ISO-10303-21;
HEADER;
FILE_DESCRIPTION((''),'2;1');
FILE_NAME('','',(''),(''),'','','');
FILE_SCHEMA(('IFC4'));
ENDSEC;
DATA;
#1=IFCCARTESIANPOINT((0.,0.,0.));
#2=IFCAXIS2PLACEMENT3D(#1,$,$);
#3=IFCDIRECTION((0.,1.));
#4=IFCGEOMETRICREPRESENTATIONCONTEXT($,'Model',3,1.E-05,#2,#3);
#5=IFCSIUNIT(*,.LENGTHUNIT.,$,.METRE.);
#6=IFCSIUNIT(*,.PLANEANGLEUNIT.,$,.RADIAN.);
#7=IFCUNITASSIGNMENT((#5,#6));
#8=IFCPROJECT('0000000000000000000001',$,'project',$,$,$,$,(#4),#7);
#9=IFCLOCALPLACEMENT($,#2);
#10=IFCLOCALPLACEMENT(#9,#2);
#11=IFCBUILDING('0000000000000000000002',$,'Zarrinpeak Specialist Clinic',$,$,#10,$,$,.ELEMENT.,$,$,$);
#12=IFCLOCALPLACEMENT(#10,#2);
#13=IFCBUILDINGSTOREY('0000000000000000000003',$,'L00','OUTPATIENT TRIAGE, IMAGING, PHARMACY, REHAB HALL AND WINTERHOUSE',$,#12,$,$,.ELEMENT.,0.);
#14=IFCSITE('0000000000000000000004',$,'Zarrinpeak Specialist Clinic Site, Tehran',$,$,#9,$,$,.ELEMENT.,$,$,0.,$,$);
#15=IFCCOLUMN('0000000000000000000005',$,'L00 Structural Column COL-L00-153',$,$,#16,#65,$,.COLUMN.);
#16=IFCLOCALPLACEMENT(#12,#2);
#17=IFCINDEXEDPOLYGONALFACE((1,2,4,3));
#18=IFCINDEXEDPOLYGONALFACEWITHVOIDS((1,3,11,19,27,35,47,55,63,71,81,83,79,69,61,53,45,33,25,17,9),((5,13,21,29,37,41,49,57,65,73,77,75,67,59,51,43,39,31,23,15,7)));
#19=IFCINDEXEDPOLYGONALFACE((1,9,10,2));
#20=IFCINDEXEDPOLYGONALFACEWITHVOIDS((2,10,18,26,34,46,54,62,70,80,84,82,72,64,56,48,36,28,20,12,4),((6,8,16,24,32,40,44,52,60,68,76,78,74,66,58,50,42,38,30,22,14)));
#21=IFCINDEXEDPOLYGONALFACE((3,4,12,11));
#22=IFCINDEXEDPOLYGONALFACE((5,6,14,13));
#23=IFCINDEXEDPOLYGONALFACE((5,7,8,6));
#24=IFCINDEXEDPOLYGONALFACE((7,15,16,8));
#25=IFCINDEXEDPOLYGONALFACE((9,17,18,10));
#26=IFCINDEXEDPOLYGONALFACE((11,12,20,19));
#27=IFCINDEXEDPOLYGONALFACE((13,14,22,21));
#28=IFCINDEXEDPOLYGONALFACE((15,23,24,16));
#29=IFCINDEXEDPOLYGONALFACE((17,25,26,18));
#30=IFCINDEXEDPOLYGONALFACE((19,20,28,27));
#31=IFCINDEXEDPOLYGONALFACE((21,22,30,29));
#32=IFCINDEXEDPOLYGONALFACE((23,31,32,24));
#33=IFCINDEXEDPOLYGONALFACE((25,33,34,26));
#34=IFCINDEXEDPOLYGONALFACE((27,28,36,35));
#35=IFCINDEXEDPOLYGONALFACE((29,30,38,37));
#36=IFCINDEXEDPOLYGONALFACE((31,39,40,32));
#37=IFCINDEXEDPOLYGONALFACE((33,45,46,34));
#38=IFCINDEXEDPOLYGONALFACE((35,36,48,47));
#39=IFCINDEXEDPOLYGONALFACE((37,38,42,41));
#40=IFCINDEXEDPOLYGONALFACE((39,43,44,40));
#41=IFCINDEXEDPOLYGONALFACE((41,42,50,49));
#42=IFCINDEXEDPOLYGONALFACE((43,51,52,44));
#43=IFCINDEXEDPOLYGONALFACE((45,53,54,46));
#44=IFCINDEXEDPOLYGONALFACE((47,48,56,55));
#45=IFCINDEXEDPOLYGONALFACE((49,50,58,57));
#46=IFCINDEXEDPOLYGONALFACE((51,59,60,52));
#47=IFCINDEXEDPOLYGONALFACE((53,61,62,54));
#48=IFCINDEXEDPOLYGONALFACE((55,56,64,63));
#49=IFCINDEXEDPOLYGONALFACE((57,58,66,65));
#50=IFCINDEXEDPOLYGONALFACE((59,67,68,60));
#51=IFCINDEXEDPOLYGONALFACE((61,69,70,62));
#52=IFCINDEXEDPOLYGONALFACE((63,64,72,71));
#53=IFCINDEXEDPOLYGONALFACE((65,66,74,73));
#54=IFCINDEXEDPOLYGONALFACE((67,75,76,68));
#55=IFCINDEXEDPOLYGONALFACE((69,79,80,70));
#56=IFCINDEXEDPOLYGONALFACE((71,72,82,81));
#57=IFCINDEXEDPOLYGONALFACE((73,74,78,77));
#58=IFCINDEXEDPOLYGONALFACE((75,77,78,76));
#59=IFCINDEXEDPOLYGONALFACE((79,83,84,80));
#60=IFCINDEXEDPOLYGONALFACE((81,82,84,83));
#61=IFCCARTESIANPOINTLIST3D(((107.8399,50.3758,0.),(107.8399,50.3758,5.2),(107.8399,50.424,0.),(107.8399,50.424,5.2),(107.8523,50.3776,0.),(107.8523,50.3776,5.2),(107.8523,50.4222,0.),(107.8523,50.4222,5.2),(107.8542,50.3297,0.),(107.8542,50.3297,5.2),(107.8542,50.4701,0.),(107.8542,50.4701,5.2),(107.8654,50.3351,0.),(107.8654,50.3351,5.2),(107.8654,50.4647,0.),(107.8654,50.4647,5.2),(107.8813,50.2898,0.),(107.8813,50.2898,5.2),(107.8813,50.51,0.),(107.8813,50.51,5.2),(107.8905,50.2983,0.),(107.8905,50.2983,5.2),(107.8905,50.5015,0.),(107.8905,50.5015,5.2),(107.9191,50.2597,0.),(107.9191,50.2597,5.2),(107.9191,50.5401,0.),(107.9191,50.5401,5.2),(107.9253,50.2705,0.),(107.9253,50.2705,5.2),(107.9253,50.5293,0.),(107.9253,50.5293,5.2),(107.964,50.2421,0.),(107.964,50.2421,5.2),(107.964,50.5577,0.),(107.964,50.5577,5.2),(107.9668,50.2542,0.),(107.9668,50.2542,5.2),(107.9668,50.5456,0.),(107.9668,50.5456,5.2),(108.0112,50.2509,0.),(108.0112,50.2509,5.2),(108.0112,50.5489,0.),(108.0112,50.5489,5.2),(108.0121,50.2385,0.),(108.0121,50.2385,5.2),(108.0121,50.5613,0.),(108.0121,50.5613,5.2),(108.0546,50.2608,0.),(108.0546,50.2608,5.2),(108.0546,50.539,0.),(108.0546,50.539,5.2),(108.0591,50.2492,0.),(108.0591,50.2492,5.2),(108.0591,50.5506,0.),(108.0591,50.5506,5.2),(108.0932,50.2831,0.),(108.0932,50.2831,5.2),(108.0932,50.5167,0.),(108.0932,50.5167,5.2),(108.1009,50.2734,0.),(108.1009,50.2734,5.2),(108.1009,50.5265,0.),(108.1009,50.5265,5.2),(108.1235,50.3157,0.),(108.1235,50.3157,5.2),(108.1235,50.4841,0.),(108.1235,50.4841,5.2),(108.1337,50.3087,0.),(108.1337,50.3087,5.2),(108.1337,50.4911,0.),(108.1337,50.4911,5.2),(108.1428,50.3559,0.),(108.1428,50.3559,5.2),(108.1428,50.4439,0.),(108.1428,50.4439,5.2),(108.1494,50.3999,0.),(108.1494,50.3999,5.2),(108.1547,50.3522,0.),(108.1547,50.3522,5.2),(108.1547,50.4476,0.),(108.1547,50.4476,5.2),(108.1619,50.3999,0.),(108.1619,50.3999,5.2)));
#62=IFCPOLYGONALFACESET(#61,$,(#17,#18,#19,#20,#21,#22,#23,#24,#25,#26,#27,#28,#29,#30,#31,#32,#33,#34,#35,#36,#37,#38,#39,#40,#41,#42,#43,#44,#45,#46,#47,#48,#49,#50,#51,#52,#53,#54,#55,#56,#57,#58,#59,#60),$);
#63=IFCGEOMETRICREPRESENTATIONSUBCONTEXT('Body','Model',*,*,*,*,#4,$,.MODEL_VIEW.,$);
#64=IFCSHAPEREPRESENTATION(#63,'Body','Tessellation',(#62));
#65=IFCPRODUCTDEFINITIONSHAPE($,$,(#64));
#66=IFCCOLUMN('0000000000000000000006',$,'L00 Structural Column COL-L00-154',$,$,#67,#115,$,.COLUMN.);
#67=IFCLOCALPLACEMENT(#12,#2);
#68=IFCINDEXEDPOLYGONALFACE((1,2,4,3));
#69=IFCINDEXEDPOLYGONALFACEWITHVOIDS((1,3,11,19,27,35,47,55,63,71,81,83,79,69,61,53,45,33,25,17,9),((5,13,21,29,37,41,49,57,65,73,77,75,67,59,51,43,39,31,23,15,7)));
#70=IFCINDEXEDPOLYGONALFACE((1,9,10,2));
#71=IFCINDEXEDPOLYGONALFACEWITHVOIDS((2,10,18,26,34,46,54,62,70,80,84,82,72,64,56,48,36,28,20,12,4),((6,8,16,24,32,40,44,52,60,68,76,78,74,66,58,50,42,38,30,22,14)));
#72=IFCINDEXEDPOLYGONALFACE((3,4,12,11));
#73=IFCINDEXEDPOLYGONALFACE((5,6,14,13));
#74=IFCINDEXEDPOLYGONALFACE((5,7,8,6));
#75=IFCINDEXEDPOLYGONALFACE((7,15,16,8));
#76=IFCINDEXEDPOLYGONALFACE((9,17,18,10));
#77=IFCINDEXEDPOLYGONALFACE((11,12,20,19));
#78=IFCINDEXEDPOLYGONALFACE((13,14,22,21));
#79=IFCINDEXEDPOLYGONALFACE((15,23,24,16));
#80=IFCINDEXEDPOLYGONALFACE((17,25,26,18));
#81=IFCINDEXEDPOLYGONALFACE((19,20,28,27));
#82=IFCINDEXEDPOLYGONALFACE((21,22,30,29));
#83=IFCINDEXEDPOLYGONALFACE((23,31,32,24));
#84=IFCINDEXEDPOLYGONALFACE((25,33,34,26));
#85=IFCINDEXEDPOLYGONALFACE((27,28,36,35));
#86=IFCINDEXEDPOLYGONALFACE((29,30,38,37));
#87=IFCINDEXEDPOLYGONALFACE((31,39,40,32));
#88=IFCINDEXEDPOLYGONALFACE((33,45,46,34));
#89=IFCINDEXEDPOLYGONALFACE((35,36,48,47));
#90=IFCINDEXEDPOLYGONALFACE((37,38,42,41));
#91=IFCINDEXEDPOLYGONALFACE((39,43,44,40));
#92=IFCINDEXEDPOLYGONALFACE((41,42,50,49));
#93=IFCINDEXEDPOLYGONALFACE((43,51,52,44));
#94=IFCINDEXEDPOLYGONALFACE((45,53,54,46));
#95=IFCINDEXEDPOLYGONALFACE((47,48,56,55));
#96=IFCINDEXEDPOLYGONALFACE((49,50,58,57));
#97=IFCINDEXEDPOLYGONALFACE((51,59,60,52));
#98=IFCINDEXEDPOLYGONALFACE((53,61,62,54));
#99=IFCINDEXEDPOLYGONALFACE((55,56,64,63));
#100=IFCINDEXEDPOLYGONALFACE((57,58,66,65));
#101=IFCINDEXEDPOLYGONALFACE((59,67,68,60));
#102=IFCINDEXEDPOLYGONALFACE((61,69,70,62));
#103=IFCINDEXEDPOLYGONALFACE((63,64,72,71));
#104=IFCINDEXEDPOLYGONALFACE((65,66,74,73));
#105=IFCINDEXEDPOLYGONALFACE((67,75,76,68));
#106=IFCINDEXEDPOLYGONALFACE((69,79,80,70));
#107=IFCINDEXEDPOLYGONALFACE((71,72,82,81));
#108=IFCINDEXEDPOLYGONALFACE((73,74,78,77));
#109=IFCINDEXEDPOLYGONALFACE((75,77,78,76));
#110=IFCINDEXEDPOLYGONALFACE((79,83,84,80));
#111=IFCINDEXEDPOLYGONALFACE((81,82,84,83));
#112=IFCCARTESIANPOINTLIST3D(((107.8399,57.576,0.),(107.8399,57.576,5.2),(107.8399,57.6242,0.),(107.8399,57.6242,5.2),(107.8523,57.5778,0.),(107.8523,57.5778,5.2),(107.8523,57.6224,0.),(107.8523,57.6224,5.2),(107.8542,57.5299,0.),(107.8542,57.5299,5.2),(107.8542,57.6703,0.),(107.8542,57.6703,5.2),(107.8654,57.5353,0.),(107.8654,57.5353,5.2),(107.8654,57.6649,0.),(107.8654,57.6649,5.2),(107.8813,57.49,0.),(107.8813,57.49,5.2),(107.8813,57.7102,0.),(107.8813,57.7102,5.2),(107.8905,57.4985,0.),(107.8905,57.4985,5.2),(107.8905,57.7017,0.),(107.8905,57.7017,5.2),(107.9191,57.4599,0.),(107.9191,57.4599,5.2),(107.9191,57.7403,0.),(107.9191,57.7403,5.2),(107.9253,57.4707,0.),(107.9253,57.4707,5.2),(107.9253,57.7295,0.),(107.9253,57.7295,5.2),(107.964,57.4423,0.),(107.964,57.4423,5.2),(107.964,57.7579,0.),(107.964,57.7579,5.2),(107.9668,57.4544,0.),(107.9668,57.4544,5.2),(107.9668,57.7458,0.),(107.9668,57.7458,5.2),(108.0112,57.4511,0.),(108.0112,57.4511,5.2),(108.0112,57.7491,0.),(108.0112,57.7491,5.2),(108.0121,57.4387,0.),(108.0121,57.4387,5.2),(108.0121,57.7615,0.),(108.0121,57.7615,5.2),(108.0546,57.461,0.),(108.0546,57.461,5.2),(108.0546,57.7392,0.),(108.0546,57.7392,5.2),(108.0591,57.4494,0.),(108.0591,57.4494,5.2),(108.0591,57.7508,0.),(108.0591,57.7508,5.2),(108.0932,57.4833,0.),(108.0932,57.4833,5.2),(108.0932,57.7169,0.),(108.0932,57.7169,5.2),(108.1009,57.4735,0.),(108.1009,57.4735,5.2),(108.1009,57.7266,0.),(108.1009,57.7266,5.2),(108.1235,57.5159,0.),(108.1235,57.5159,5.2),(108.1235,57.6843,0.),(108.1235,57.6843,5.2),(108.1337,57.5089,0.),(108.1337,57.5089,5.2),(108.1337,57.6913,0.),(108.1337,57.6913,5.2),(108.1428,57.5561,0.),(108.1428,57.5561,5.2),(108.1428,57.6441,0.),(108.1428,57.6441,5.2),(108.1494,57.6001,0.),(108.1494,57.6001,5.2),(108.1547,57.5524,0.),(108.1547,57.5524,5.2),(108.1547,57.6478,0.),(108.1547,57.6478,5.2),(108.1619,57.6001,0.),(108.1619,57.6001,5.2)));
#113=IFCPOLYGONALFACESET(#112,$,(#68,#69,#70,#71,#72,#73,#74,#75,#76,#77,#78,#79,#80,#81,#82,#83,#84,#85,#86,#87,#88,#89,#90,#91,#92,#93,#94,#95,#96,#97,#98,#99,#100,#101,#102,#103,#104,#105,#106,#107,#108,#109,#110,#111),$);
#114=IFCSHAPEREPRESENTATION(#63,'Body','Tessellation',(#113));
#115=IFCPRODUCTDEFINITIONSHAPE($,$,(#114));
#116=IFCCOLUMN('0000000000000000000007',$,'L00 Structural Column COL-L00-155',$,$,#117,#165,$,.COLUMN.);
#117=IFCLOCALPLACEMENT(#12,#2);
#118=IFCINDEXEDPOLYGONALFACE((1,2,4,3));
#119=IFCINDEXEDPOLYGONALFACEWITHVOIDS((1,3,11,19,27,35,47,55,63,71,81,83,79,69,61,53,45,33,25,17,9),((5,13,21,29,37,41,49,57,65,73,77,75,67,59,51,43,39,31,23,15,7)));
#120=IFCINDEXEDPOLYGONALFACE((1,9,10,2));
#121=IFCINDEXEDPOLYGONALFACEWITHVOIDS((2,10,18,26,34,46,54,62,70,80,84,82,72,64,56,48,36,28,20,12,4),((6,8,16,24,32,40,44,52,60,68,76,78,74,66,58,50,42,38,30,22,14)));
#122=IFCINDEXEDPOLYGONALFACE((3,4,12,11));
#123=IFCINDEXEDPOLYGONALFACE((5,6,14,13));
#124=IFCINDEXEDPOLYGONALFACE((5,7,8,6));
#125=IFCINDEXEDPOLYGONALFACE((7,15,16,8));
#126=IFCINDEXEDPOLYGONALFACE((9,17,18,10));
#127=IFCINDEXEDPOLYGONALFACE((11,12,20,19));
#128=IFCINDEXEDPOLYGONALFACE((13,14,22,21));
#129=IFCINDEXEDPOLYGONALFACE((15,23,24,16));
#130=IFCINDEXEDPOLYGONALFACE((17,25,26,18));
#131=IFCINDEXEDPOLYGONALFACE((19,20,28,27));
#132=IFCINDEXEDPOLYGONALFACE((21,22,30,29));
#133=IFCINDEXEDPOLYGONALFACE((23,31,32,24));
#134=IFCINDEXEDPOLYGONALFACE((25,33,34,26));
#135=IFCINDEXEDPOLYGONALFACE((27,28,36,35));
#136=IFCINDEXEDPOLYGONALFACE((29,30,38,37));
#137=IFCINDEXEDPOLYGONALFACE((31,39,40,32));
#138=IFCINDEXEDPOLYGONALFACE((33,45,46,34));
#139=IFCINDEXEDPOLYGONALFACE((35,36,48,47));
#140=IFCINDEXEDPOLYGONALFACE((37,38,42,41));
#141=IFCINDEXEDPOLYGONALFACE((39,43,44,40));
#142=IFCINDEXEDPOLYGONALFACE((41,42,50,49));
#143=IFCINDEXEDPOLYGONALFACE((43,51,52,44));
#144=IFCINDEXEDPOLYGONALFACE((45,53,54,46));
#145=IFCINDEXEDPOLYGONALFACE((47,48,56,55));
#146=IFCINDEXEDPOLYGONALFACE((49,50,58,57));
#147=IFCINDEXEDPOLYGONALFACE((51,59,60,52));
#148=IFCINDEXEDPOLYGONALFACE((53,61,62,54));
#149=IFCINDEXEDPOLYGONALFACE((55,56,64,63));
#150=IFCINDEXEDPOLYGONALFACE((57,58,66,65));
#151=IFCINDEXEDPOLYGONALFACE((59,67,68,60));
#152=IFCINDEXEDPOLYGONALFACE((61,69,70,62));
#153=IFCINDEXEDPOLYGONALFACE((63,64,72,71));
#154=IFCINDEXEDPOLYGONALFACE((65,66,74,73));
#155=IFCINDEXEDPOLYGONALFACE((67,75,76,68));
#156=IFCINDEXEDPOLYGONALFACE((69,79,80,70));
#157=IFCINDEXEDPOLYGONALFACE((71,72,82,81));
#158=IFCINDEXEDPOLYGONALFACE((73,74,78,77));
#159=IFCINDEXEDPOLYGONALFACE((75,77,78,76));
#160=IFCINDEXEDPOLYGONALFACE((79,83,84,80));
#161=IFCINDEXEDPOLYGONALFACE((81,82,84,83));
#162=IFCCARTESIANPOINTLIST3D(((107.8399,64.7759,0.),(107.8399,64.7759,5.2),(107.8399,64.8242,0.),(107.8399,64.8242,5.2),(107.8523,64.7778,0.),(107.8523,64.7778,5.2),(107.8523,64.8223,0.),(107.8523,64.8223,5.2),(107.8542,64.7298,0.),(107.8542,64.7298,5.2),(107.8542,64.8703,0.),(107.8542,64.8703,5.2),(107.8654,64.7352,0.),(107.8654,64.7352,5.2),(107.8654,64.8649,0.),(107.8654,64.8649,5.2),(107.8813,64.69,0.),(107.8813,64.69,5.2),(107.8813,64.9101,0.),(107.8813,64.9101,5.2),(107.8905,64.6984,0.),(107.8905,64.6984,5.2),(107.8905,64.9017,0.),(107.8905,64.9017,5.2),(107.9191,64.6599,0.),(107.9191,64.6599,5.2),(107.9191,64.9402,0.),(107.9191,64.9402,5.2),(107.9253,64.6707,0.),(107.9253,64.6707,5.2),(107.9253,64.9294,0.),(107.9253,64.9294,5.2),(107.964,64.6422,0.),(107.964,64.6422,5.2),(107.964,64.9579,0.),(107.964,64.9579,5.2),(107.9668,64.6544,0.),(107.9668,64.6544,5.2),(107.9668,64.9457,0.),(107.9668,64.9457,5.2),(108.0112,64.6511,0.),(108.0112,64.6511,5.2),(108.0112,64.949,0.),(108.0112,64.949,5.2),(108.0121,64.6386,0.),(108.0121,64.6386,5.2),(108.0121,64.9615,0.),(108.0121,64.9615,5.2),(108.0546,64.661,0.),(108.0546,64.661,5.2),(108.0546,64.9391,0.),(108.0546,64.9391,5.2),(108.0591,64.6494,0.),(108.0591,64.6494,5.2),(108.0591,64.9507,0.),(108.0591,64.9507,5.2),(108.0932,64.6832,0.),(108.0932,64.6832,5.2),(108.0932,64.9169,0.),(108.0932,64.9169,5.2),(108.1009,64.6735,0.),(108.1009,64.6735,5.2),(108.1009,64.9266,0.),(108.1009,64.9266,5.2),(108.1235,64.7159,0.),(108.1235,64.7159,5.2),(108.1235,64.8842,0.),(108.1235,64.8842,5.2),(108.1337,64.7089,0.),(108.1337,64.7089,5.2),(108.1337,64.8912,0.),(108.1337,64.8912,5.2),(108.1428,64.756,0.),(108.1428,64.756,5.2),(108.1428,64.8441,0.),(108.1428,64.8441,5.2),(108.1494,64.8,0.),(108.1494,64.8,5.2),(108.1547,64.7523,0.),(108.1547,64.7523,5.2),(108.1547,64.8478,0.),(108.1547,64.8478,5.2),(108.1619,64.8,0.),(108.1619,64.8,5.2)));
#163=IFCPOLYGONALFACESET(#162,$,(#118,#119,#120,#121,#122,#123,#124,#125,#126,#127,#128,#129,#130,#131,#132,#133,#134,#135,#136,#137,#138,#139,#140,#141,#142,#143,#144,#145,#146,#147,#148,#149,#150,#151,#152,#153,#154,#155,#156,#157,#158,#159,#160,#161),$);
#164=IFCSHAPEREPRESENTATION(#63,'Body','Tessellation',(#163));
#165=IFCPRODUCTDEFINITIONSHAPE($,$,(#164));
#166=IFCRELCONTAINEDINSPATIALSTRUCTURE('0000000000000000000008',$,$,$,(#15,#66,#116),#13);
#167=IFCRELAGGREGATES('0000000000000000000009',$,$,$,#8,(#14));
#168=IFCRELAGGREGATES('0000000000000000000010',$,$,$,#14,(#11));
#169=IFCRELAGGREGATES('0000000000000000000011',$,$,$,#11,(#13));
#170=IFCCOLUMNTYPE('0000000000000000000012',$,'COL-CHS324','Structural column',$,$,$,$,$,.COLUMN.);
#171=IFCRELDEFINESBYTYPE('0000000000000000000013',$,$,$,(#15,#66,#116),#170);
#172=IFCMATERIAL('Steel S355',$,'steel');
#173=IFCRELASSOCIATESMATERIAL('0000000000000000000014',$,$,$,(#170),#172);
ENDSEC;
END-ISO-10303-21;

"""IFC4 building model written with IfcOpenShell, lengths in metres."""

from ifc_helpers import new_model, si_unit, direction, frame, origin, origin_2d, place, context, subcontext, project, spatial, hollow_circle, extrude, material, material_profile, profile_set, type_object, element, save


model = new_model("IFC4")

# Units and contexts
model_context = context("Model", 3, precision=1e-05, world=origin(), true_north=direction((0.0, 1.0)))
body_context = subcontext(model_context, "Body", "Model", "MODEL_VIEW")
ifc_project = project(units=[si_unit("LENGTHUNIT", "METRE"), si_unit("PLANEANGLEUNIT", "RADIAN")], contexts=[model_context])

# Site, building, storey
site_placement = place(None, origin())
site = spatial("IfcSite", under=ifc_project, at=site_placement, Name="Zarrinpeak Specialist Clinic Site, Tehran", CompositionType="ELEMENT", RefElevation=0.0)
building_placement = place(site_placement, origin())
building = spatial("IfcBuilding", under=site, at=building_placement, Name="Zarrinpeak Specialist Clinic", CompositionType="ELEMENT")
storey_placement = place(building_placement, origin())
storey = spatial("IfcBuildingStorey", under=building, at=storey_placement, Name="L00", Description="OUTPATIENT TRIAGE, IMAGING, PHARMACY, REHAB HALL AND WINTERHOUSE", CompositionType="ELEMENT", Elevation=0.0)

# Columns
ifc_material = material(Name="Steel S355", Category="steel")
ifc_material_profile_1 = material_profile(ifc_material, hollow_circle(Radius=0.1619, WallThickness=0.0125, at=origin_2d()), Name="CHS 323.9x12.5")
ifc_profile_set_1 = profile_set([ifc_material_profile_1], Name="Steel S355")
column_type = type_object("IfcColumnType", Name="COL-CHS324", Description="Structural column", PredefinedType="COLUMN", material=ifc_profile_set_1)
for number, where, z_axis, x_axis, name in (
    (1, (108.0, 50.3999, 0.0), (0.0, 0.0, 1.0), (1.0, 0.0, 0.0), "L00 Structural Column COL-L00-153"),
    (2, (108.0, 57.6001, 0.0), (0.0, 0.0, 1.0), (1.0, 0.0, 0.0), "L00 Structural Column COL-L00-154"),
    (3, (108.0, 64.8, 0.0), (0.0, 0.0, 1.0), (1.0, 0.0, 0.0), "L00 Structural Column COL-L00-155"),
):
    element("IfcColumn", number, at=place(storey_placement, frame(where, z_axis=z_axis, x_axis=x_axis)), inside=storey, type_object=column_type, Name=name, PredefinedType="COLUMN", context=body_context, shape_type="SweptSolid", body=[
        extrude(hollow_circle(Radius=0.1619, WallThickness=0.0125, at=origin_2d()), origin(), (0.0, 0.0, 1.0), 5.2),
    ])

save(model, "model.ifc")
